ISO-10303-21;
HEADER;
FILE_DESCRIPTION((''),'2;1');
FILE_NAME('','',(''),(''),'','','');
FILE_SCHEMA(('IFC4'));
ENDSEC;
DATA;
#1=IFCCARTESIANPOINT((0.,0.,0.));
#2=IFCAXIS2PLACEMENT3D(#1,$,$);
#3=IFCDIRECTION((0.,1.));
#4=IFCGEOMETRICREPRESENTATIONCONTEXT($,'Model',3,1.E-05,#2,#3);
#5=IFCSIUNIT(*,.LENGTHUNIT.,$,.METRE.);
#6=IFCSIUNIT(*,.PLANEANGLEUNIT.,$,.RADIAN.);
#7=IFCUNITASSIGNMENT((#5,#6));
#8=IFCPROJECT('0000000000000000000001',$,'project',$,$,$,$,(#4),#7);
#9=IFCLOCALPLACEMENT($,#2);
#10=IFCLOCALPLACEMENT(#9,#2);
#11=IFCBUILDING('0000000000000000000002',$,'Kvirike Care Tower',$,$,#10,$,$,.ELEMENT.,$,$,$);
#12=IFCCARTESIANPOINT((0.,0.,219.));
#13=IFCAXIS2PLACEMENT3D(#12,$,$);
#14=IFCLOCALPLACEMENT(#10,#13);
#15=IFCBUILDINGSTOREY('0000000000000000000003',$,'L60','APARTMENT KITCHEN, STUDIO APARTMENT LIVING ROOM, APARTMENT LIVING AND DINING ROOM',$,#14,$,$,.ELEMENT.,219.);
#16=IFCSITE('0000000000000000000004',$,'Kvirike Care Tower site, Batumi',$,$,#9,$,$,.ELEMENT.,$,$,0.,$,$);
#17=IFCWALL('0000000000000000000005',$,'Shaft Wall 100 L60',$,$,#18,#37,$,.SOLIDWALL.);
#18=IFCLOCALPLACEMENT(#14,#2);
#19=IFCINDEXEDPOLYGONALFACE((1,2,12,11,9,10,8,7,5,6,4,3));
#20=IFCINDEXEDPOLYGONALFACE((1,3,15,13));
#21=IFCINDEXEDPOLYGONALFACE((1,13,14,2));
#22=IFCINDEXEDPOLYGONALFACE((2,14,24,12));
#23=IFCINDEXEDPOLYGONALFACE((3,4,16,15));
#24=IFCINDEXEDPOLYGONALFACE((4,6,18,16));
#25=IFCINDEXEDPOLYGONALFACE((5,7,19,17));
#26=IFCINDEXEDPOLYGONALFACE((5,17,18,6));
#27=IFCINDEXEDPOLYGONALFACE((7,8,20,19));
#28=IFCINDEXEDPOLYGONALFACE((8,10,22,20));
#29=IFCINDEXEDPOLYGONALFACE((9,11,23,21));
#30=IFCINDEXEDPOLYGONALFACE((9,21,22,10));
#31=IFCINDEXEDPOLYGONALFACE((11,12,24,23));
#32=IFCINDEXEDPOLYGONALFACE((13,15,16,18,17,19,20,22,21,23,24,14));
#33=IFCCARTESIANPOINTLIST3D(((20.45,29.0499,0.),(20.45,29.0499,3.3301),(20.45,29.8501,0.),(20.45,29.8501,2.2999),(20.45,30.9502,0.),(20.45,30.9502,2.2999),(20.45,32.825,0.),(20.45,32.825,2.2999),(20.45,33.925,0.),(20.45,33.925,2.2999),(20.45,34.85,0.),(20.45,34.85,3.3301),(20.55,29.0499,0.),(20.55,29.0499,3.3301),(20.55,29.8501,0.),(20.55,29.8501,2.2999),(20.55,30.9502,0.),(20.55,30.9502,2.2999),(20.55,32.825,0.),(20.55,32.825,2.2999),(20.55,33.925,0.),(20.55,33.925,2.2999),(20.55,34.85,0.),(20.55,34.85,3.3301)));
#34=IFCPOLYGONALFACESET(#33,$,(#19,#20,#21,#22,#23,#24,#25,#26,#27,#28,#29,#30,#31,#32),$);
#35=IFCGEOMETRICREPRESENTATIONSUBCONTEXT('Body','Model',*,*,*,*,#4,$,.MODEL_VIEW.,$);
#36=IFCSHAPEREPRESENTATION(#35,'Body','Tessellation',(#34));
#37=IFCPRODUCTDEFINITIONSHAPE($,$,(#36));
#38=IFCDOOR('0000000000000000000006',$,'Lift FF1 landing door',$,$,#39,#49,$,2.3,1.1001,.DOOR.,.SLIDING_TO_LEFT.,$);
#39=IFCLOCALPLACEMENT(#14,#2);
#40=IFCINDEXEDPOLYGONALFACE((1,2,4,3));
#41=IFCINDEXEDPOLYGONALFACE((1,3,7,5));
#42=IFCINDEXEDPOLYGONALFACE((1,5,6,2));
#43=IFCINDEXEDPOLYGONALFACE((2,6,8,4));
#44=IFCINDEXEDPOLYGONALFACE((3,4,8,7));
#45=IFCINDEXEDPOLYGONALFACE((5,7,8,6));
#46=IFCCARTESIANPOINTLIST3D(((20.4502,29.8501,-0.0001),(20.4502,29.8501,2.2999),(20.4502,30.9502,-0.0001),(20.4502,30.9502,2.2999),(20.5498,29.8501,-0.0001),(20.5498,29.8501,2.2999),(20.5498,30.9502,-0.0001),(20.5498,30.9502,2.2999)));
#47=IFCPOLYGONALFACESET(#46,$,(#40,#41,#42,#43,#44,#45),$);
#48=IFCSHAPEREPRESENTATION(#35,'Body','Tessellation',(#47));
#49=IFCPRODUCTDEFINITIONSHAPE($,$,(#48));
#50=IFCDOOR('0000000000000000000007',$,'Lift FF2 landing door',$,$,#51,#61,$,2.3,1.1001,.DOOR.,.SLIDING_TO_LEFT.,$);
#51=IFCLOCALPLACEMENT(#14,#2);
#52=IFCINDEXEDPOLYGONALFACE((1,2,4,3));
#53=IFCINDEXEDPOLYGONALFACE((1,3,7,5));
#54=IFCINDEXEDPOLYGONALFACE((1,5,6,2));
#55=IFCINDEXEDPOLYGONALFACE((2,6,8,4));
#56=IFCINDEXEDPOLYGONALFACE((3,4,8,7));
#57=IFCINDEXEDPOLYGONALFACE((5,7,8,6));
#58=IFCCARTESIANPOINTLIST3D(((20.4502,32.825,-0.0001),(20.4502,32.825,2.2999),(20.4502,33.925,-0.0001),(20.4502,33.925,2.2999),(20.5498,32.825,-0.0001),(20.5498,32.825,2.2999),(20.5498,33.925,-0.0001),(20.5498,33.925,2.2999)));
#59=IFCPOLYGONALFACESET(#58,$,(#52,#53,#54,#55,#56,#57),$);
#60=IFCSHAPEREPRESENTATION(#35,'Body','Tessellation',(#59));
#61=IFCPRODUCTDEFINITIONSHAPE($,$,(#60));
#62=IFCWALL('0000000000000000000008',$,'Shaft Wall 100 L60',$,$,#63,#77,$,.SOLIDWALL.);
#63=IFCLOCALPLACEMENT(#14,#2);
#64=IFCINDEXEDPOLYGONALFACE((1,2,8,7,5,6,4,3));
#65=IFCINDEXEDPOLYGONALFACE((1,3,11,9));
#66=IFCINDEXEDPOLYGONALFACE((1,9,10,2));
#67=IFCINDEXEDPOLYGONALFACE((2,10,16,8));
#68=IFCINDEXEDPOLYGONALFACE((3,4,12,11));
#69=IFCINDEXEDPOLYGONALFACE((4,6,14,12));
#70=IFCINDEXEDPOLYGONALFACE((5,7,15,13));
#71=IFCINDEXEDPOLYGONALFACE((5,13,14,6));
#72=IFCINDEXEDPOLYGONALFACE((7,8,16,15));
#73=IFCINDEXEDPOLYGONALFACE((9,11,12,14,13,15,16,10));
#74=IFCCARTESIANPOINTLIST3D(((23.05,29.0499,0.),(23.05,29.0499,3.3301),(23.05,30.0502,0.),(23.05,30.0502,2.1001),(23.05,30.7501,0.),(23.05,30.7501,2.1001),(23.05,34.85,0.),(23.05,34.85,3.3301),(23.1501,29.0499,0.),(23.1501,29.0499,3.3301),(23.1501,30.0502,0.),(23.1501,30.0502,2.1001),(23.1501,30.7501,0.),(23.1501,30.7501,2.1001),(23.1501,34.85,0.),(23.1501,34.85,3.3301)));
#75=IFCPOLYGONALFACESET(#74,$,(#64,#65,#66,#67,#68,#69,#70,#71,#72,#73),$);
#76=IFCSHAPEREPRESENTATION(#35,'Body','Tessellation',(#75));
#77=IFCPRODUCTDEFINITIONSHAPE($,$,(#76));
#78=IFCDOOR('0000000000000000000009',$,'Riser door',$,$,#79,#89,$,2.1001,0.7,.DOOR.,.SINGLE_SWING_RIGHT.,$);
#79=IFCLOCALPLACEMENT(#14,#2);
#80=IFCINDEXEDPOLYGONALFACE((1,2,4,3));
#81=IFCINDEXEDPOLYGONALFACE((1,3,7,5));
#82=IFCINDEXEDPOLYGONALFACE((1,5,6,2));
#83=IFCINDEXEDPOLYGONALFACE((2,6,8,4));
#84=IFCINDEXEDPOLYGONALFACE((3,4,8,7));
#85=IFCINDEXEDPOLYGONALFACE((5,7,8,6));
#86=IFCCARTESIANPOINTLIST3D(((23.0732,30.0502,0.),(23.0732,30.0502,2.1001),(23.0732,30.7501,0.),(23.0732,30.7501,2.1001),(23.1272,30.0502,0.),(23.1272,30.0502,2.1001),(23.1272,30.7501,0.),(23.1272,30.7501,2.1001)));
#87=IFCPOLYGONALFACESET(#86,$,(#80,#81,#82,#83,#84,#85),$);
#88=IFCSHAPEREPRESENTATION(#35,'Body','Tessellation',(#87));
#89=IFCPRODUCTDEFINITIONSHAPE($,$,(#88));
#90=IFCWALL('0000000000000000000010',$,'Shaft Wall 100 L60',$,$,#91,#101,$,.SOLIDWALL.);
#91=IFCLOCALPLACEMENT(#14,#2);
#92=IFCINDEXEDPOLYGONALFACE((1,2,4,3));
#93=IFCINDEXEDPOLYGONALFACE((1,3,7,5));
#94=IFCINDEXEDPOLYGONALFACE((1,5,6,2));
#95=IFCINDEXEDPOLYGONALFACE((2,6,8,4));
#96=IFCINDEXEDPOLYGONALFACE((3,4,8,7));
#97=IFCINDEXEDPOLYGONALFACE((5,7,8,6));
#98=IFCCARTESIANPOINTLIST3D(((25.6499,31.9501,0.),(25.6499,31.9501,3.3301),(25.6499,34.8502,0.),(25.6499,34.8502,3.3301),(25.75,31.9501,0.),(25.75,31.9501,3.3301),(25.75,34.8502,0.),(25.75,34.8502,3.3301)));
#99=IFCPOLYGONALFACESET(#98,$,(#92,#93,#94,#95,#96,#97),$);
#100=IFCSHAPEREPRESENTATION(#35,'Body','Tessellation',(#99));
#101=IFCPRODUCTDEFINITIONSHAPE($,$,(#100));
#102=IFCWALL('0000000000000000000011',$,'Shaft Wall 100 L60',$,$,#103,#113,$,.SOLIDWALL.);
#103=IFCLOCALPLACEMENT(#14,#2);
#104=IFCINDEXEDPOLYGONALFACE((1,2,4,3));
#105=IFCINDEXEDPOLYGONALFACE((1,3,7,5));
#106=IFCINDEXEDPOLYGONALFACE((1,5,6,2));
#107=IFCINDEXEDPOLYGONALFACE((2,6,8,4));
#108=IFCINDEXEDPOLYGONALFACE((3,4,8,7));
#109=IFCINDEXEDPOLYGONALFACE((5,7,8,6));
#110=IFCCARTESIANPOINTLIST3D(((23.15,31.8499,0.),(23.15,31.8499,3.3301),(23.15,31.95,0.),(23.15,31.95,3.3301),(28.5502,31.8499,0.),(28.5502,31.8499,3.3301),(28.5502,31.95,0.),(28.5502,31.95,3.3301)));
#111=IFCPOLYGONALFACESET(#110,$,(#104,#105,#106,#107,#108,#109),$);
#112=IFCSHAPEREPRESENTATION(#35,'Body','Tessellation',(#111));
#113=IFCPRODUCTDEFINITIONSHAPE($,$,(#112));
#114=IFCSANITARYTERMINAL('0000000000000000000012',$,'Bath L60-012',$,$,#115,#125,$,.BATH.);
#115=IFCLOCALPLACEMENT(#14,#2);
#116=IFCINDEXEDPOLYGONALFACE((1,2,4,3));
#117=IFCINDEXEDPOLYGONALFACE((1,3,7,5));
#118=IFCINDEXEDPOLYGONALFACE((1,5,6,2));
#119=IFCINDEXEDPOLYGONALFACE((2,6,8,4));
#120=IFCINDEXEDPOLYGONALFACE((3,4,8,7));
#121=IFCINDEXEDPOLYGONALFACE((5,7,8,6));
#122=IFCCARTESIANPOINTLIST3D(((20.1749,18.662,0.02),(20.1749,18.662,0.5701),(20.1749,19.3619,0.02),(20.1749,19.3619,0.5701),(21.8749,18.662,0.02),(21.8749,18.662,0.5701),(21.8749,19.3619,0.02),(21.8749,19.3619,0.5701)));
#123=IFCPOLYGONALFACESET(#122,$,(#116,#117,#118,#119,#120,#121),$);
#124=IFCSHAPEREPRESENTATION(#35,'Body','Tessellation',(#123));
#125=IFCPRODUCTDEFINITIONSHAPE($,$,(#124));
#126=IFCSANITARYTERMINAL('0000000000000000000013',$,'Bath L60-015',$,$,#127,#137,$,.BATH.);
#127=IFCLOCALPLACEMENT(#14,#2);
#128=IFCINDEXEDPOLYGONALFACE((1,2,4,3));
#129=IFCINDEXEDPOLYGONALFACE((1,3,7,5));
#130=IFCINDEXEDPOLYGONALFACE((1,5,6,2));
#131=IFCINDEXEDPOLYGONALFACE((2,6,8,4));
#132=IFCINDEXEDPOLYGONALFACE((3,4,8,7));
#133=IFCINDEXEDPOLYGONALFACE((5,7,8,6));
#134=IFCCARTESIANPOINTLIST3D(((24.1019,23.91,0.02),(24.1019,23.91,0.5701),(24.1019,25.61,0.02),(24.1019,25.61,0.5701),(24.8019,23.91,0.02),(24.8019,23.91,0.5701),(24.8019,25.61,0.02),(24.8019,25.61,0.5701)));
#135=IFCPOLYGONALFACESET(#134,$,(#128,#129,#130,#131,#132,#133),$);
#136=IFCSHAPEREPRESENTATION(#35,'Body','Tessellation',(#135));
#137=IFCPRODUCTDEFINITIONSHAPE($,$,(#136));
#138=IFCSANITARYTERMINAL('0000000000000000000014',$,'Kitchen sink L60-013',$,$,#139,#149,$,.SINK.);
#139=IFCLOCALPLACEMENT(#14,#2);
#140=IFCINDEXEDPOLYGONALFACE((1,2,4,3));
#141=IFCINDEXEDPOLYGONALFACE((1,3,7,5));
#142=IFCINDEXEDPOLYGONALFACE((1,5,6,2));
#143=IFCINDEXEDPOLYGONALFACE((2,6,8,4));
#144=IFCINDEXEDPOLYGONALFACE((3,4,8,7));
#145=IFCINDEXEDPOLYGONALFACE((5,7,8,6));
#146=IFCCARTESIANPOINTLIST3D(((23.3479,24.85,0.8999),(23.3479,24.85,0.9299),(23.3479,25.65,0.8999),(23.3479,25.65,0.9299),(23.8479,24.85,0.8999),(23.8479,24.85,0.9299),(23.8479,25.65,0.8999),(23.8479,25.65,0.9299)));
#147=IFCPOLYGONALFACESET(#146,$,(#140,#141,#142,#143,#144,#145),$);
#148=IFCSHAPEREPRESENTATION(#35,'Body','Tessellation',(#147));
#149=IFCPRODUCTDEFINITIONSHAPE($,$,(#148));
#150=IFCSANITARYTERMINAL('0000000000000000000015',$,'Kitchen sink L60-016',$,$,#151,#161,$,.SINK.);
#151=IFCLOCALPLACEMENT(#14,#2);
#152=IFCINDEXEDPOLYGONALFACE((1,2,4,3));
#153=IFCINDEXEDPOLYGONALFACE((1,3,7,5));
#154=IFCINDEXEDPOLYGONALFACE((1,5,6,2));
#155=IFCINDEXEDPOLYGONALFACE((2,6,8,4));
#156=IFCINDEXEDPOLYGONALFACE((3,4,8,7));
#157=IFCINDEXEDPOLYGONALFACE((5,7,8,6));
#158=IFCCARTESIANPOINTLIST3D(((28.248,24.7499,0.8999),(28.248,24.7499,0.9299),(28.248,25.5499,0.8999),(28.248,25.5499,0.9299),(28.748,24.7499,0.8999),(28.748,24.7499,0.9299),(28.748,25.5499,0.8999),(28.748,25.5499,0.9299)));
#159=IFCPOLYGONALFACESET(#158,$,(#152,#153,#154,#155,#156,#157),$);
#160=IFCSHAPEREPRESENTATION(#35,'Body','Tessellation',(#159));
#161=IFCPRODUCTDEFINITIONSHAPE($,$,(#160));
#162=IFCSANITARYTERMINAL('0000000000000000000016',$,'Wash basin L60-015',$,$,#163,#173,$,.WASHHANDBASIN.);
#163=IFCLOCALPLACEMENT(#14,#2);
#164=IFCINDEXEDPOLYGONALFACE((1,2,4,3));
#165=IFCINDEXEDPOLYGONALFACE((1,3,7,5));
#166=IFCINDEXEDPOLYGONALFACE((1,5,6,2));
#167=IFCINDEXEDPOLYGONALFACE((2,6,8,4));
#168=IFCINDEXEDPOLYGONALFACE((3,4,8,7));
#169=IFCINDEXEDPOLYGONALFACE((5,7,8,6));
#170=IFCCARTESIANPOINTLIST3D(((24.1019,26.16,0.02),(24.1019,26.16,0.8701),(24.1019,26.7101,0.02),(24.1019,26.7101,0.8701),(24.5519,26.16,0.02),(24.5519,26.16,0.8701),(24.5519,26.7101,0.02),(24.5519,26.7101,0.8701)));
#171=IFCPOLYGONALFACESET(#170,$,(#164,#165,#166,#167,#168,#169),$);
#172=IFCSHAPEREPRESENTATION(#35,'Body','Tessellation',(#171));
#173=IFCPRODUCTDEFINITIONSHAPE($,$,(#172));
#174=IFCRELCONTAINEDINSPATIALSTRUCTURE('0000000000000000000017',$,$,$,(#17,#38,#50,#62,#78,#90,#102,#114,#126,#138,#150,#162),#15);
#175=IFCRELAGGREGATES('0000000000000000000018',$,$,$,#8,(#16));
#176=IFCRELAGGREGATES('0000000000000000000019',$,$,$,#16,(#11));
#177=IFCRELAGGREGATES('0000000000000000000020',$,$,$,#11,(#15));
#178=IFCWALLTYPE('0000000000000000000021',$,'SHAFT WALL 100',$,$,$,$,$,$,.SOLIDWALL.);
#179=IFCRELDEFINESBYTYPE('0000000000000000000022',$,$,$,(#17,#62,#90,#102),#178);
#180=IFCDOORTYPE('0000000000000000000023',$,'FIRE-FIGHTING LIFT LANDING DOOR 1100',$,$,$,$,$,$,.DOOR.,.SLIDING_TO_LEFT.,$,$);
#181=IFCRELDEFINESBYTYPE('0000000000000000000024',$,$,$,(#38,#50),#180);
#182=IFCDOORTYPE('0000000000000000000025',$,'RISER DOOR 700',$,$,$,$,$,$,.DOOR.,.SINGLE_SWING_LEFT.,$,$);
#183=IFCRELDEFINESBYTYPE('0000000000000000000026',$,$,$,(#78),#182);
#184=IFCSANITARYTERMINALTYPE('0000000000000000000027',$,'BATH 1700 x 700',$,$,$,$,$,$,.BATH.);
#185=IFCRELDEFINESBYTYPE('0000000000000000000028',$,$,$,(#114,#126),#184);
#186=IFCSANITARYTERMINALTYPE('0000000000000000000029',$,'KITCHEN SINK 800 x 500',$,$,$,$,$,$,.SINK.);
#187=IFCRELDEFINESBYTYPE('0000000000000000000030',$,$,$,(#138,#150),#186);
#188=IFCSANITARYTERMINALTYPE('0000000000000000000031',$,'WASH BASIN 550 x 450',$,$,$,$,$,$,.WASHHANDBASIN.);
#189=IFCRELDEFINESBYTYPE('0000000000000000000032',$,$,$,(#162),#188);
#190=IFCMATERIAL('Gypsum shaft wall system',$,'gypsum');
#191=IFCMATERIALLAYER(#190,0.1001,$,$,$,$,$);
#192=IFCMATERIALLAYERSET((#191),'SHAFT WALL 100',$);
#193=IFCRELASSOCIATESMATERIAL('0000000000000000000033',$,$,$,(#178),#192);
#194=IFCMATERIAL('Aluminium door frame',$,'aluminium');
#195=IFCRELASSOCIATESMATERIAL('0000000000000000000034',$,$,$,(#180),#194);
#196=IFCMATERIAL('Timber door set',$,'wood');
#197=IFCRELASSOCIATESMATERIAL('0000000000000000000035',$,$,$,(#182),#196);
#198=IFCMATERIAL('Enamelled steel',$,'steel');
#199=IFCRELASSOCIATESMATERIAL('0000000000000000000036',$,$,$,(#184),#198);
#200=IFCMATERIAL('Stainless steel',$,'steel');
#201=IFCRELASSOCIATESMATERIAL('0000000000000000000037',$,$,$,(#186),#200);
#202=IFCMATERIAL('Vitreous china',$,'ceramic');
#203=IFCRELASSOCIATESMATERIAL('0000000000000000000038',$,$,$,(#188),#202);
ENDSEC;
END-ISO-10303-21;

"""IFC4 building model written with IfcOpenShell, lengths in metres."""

from ifc_helpers import new_model, si_unit, direction, frame, frame_2d, origin, origin_2d, place, context, subcontext, project, spatial, rectangle, extrude, material, layer, layer_set, type_object, element, fill, save


model = new_model("IFC4")

# Units and contexts
model_context = context("Model", 3, precision=1e-05, world=origin(), true_north=direction((0.0, 1.0)))
body_context = subcontext(model_context, "Body", "Model", "MODEL_VIEW")
ifc_project = project(units=[si_unit("LENGTHUNIT", "METRE"), si_unit("PLANEANGLEUNIT", "RADIAN")], contexts=[model_context])

# Site, building, storey
site_placement = place(None, origin())
site = spatial("IfcSite", under=ifc_project, at=site_placement, Name="Kvirike Care Tower site, Batumi", CompositionType="ELEMENT", RefElevation=0.0)
building_placement = place(site_placement, origin())
building = spatial("IfcBuilding", under=site, at=building_placement, Name="Kvirike Care Tower", CompositionType="ELEMENT")
storey_placement = place(building_placement, frame((0.0, 0.0, 219.0)))
storey = spatial("IfcBuildingStorey", under=building, at=storey_placement, Name="L60", Description="APARTMENT KITCHEN, STUDIO APARTMENT LIVING ROOM, APARTMENT LIVING AND DINING ROOM", CompositionType="ELEMENT", Elevation=219.0)

# Wall, openings, doors
ifc_material_1 = material(Name="Gypsum shaft wall system", Category="gypsum")
ifc_layer_1 = layer(ifc_material_1, 0.1001)
ifc_layer_set_1 = layer_set([ifc_layer_1], Name="SHAFT WALL 100")
wall_type_1 = type_object("IfcWallType", Name="SHAFT WALL 100", PredefinedType="SOLIDWALL", material=ifc_layer_set_1)
wall_1_placement = place(storey_placement, frame((20.5, 29.05, 0.0), z_axis=(0.0, 0.0, 1.0), x_axis=(0.0, 1.0, 0.0)))
wall_1 = element("IfcWall", 1, at=wall_1_placement, inside=storey, type_object=wall_type_1, Name="Shaft Wall 100 L60", PredefinedType="SOLIDWALL", context=body_context, shape_type="SweptSolid", body=[
    extrude(rectangle(XDim=5.8, YDim=0.1001, at=frame_2d((2.8999, 0.0))), origin(), (0.0, 0.0, 1.0), 3.3301),
])
opening_1_placement = place(wall_1_placement, frame((0.8, 0.0, 0.0)))
opening_1 = element("IfcOpeningElement", 2, at=opening_1_placement, cuts=wall_1, PredefinedType="OPENING", context=body_context, shape_type="SweptSolid", body=[
    extrude(rectangle(XDim=1.1001, YDim=2.3, at=frame_2d((0.55, 1.1499))), frame((0.0, 0.0605, 0.0), z_axis=(0.0, -1.0, 0.0), x_axis=(1.0, 0.0, 0.0)), (0.0, 0.0, 1.0), 0.1211),
])
opening_2_placement = place(wall_1_placement, frame((3.7749, 0.0, 0.0)))
opening_2 = element("IfcOpeningElement", 3, at=opening_2_placement, cuts=wall_1, PredefinedType="OPENING", context=body_context, shape_type="SweptSolid", body=[
    extrude(rectangle(XDim=1.1001, YDim=2.3, at=frame_2d((0.55, 1.1499))), frame((0.0, 0.0605, 0.0), z_axis=(0.0, -1.0, 0.0), x_axis=(1.0, 0.0, 0.0)), (0.0, 0.0, 1.0), 0.1211),
])
ifc_material_2 = material(Name="Aluminium door frame", Category="aluminium")
door_type_1 = type_object("IfcDoorType", Name="FIRE-FIGHTING LIFT LANDING DOOR 1100", OperationType="SLIDING_TO_LEFT", PredefinedType="DOOR", material=ifc_material_2)
door_1_placement = place(opening_1_placement, origin())
door_1 = element("IfcDoor", 4, at=door_1_placement, inside=storey, type_object=door_type_1, Name="Lift FF1 landing door", OperationType="SLIDING_TO_LEFT", OverallHeight=2.3, OverallWidth=1.1001, PredefinedType="DOOR", context=body_context, shape_type="SweptSolid", body=[
    extrude(rectangle(XDim=1.1001, YDim=2.3, at=frame_2d((0.55, 1.1499))), frame((0.0, 0.0498, 0.0), z_axis=(0.0, -1.0, 0.0), x_axis=(1.0, 0.0, 0.0)), (0.0, 0.0, 1.0), 0.0996),
])
fill(opening_1, door_1)
door_2_placement = place(opening_2_placement, origin())
door_2 = element("IfcDoor", 5, at=door_2_placement, inside=storey, type_object=door_type_1, Name="Lift FF2 landing door", OperationType="SLIDING_TO_LEFT", OverallHeight=2.3, OverallWidth=1.1001, PredefinedType="DOOR", context=body_context, shape_type="SweptSolid", body=[
    extrude(rectangle(XDim=1.1001, YDim=2.3, at=frame_2d((0.55, 1.1499))), frame((0.0, 0.0498, 0.0), z_axis=(0.0, -1.0, 0.0), x_axis=(1.0, 0.0, 0.0)), (0.0, 0.0, 1.0), 0.0996),
])
fill(opening_2, door_2)

# Wall, opening, door
wall_2_placement = place(storey_placement, frame((23.1001, 29.05, 0.0), z_axis=(0.0, 0.0, 1.0), x_axis=(0.0, 1.0, 0.0)))
wall_2 = element("IfcWall", 6, at=wall_2_placement, inside=storey, type_object=wall_type_1, Name="Shaft Wall 100 L60", PredefinedType="SOLIDWALL", context=body_context, shape_type="SweptSolid", body=[
    extrude(rectangle(XDim=5.8, YDim=0.1001, at=frame_2d((2.8999, 0.0))), origin(), (0.0, 0.0, 1.0), 3.3301),
])
opening_3_placement = place(wall_2_placement, frame((1.0, 0.0, 0.0)))
opening_3 = element("IfcOpeningElement", 7, at=opening_3_placement, cuts=wall_2, PredefinedType="OPENING", context=body_context, shape_type="SweptSolid", body=[
    extrude(rectangle(XDim=0.7, YDim=2.1001, at=frame_2d((0.3501, 1.05))), frame((0.0, 0.0605, 0.0), z_axis=(0.0, -1.0, 0.0), x_axis=(1.0, 0.0, 0.0)), (0.0, 0.0, 1.0), 0.1211),
])
ifc_material_3 = material(Name="Timber door set", Category="wood")
door_type_2 = type_object("IfcDoorType", Name="RISER DOOR 700", OperationType="SINGLE_SWING_LEFT", PredefinedType="DOOR", material=ifc_material_3)
door_3_placement = place(opening_3_placement, origin())
door_3 = element("IfcDoor", 8, at=door_3_placement, inside=storey, type_object=door_type_2, Name="Riser door", OperationType="SINGLE_SWING_RIGHT", OverallHeight=2.1001, OverallWidth=0.7, PredefinedType="DOOR", context=body_context, shape_type="SweptSolid", body=[
    extrude(rectangle(XDim=0.7, YDim=2.1001, at=frame_2d((0.3501, 1.05))), frame((0.0, 0.0269, 0.0), z_axis=(0.0, -1.0, 0.0), x_axis=(1.0, 0.0, 0.0)), (0.0, 0.0, 1.0), 0.054),
])
fill(opening_3, door_3)

# Walls
wall_3_placement = place(storey_placement, frame((25.7, 31.95, 0.0), z_axis=(0.0, 0.0, 1.0), x_axis=(0.0, 1.0, 0.0)))
element("IfcWall", 9, at=wall_3_placement, inside=storey, type_object=wall_type_1, Name="Shaft Wall 100 L60", PredefinedType="SOLIDWALL", context=body_context, shape_type="SweptSolid", body=[
    extrude(rectangle(XDim=2.9001, YDim=0.1001, at=frame_2d((1.4502, 0.0))), origin(), (0.0, 0.0, 1.0), 3.3301),
])
wall_4_placement = place(storey_placement, frame((23.1499, 31.8999, 0.0), z_axis=(0.0, 0.0, 1.0), x_axis=(1.0, 0.0, 0.0)))
element("IfcWall", 10, at=wall_4_placement, inside=storey, type_object=wall_type_1, Name="Shaft Wall 100 L60", PredefinedType="SOLIDWALL", context=body_context, shape_type="SweptSolid", body=[
    extrude(rectangle(XDim=5.4001, YDim=0.1001, at=frame_2d((2.7002, 0.0))), origin(), (0.0, 0.0, 1.0), 3.3301),
])

# Sanitary terminals
ifc_material_4 = material(Name="Enamelled steel", Category="steel")
sanitary_terminal_type_1 = type_object("IfcSanitaryTerminalType", Name="BATH 1700 x 700", PredefinedType="BATH", material=ifc_material_4)
for number, where, z_axis, x_axis, name in (
    (11, (21.0249, 19.012, 0.02), (0.0, 0.0, 1.0), (-1.0, 0.0, 0.0), "Bath L60-012"),
    (12, (24.4519, 24.76, 0.02), (0.0, 0.0, 1.0), (0.0, 1.0, 0.0), "Bath L60-015"),
):
    element("IfcSanitaryTerminal", number, at=place(storey_placement, frame(where, z_axis=z_axis, x_axis=x_axis)), inside=storey, type_object=sanitary_terminal_type_1, Name=name, PredefinedType="BATH", context=body_context, shape_type="SweptSolid", body=[
        extrude(rectangle(XDim=1.7, YDim=0.7, at=origin_2d()), origin(), (0.0, 0.0, 1.0), 0.55),
    ])
ifc_material_5 = material(Name="Stainless steel", Category="steel")
sanitary_terminal_type_2 = type_object("IfcSanitaryTerminalType", Name="KITCHEN SINK 800 x 500", PredefinedType="SINK", material=ifc_material_5)
for number, where, z_axis, x_axis, name in (
    (13, (23.5979, 25.25, 0.8999), (0.0, 0.0, 1.0), (0.0, -1.0, 0.0), "Kitchen sink L60-013"),
    (14, (28.498, 25.1499, 0.8999), (0.0, 0.0, 1.0), (0.0, -1.0, 0.0), "Kitchen sink L60-016"),
):
    element("IfcSanitaryTerminal", number, at=place(storey_placement, frame(where, z_axis=z_axis, x_axis=x_axis)), inside=storey, type_object=sanitary_terminal_type_2, Name=name, PredefinedType="SINK", context=body_context, shape_type="SweptSolid", body=[
        extrude(rectangle(XDim=0.8, YDim=0.5, at=origin_2d()), origin(), (0.0, 0.0, 1.0), 0.03),
    ])
ifc_material_6 = material(Name="Vitreous china", Category="ceramic")
sanitary_terminal_type_3 = type_object("IfcSanitaryTerminalType", Name="WASH BASIN 550 x 450", PredefinedType="WASHHANDBASIN", material=ifc_material_6)
sanitary_terminal_placement = place(storey_placement, frame((24.3269, 26.4351, 0.02), z_axis=(0.0, 0.0, 1.0), x_axis=(0.0, 1.0, 0.0)))
element("IfcSanitaryTerminal", 15, at=sanitary_terminal_placement, inside=storey, type_object=sanitary_terminal_type_3, Name="Wash basin L60-015", PredefinedType="WASHHANDBASIN", context=body_context, shape_type="SweptSolid", body=[
    extrude(rectangle(XDim=0.55, YDim=0.45, at=origin_2d()), origin(), (0.0, 0.0, 1.0), 0.8501),
])

save(model, "model.ifc")
